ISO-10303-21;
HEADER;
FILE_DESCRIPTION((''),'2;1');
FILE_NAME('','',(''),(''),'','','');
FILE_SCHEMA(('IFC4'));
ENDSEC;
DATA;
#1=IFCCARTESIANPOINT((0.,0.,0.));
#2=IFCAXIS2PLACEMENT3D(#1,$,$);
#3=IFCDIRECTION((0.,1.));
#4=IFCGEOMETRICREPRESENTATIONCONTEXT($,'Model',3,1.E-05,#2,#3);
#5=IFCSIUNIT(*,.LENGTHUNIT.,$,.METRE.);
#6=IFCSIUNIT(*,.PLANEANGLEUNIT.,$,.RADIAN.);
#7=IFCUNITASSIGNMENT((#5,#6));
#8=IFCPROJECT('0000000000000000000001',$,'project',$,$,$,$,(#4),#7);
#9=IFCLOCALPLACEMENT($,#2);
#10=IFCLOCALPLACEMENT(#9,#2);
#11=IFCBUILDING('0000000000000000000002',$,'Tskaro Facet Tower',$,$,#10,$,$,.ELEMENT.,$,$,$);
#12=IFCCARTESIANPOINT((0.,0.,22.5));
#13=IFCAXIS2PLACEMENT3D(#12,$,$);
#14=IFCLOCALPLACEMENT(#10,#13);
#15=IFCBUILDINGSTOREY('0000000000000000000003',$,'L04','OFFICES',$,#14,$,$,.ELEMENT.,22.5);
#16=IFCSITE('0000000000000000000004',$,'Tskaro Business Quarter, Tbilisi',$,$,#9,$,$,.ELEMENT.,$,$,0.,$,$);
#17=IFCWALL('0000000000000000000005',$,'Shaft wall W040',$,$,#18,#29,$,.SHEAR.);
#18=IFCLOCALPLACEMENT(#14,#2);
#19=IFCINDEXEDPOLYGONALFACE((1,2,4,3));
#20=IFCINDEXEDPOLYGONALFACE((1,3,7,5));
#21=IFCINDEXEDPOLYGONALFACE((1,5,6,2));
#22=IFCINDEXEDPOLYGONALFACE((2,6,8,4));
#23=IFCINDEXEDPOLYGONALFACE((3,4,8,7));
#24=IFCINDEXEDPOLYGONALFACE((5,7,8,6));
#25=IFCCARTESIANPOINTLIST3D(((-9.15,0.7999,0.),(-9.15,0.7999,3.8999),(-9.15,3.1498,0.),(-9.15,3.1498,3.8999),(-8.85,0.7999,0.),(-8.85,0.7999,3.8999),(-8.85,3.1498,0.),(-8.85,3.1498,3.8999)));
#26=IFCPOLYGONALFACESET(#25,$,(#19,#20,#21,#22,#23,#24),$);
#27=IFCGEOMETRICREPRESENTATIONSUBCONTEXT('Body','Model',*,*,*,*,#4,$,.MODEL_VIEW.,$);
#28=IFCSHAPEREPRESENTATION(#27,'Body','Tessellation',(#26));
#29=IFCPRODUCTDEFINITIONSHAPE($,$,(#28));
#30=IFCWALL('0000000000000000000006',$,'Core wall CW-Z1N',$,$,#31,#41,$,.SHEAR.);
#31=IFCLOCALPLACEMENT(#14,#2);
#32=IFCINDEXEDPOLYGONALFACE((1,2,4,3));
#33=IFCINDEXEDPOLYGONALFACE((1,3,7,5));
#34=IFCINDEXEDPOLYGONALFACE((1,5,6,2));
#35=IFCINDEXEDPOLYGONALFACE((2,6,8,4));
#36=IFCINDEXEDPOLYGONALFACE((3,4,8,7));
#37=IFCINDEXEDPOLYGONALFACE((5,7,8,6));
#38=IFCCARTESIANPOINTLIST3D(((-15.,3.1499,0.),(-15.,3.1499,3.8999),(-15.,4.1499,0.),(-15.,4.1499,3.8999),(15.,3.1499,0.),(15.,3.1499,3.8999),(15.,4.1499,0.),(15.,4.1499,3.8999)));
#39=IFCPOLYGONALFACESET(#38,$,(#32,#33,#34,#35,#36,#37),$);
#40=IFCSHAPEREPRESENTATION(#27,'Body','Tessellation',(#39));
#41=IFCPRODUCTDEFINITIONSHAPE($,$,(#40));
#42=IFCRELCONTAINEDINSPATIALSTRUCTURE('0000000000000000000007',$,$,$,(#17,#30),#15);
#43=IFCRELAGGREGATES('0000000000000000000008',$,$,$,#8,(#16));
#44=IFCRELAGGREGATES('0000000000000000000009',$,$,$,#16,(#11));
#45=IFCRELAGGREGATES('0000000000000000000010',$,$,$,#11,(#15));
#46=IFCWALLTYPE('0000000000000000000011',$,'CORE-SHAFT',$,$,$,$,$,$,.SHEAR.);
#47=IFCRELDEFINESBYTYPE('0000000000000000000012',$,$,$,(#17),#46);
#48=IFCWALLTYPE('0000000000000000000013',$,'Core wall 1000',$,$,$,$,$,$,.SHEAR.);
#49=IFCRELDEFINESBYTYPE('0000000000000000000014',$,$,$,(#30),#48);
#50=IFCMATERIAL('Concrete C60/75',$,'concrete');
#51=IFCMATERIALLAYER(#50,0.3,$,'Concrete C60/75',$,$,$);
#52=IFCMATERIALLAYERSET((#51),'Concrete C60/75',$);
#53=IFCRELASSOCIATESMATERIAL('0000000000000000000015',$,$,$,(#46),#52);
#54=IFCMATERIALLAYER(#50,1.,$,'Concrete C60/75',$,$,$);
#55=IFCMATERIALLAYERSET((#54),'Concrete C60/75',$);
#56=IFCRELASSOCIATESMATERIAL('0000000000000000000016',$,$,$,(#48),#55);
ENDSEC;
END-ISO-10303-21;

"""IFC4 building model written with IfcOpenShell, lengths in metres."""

from ifc_helpers import new_model, si_unit, direction, frame, frame_2d, origin, place, context, subcontext, project, spatial, rectangle, extrude, material, layer, layer_set, type_object, element, save


model = new_model("IFC4")

# Units and contexts
model_context = context("Model", 3, precision=1e-05, world=origin(), true_north=direction((0.0, 1.0)))
body_context = subcontext(model_context, "Body", "Model", "MODEL_VIEW")
ifc_project = project(units=[si_unit("LENGTHUNIT", "METRE"), si_unit("PLANEANGLEUNIT", "RADIAN")], contexts=[model_context])

# Site, building, storey
site_placement = place(None, origin())
site = spatial("IfcSite", under=ifc_project, at=site_placement, Name="Tskaro Business Quarter, Tbilisi", CompositionType="ELEMENT", RefElevation=0.0)
building_placement = place(site_placement, origin())
building = spatial("IfcBuilding", under=site, at=building_placement, Name="Tskaro Facet Tower", CompositionType="ELEMENT")
storey_placement = place(building_placement, frame((0.0, 0.0, 22.5)))
storey = spatial("IfcBuildingStorey", under=building, at=storey_placement, Name="L04", Description="OFFICES", CompositionType="ELEMENT", Elevation=22.5)

# Shared definitions
ifc_material_1 = material(Name="Concrete C60/75", Category="concrete")
ifc_layer_1 = layer(ifc_material_1, 0.3, Name="Concrete C60/75")
ifc_layer_set_1 = layer_set([ifc_layer_1], Name="Concrete C60/75")
wall_type_1 = type_object("IfcWallType", Name="CORE-SHAFT", PredefinedType="SHEAR", material=ifc_layer_set_1)

# Walls
wall_1_placement = place(storey_placement, frame((-9.0, 0.8, 0.0), z_axis=(0.0, 0.0, 1.0), x_axis=(0.0, 1.0, 0.0)))
element("IfcWall", 1, at=wall_1_placement, inside=storey, type_object=wall_type_1, Name="Shaft wall W040", PredefinedType="SHEAR", context=body_context, shape_type="SweptSolid", body=[
    extrude(rectangle(XDim=2.3499, YDim=0.3, at=frame_2d((1.1748, 0.0))), origin(), (0.0, 0.0, 1.0), 3.8999),
])
ifc_layer_2 = layer(ifc_material_1, 1.0, Name="Concrete C60/75")
ifc_layer_set_2 = layer_set([ifc_layer_2], Name="Concrete C60/75")
wall_type_2 = type_object("IfcWallType", Name="Core wall 1000", PredefinedType="SHEAR", material=ifc_layer_set_2)
wall_2_placement = place(storey_placement, frame((-15.0, 3.6499, 0.0), z_axis=(0.0, 0.0, 1.0), x_axis=(1.0, 0.0, 0.0)))
element("IfcWall", 2, at=wall_2_placement, inside=storey, type_object=wall_type_2, Name="Core wall CW-Z1N", PredefinedType="SHEAR", context=body_context, shape_type="SweptSolid", body=[
    extrude(rectangle(XDim=30.0, YDim=1.0, at=frame_2d((15.0, 0.0))), origin(), (0.0, 0.0, 1.0), 3.8999),
])

save(model, "model.ifc")
